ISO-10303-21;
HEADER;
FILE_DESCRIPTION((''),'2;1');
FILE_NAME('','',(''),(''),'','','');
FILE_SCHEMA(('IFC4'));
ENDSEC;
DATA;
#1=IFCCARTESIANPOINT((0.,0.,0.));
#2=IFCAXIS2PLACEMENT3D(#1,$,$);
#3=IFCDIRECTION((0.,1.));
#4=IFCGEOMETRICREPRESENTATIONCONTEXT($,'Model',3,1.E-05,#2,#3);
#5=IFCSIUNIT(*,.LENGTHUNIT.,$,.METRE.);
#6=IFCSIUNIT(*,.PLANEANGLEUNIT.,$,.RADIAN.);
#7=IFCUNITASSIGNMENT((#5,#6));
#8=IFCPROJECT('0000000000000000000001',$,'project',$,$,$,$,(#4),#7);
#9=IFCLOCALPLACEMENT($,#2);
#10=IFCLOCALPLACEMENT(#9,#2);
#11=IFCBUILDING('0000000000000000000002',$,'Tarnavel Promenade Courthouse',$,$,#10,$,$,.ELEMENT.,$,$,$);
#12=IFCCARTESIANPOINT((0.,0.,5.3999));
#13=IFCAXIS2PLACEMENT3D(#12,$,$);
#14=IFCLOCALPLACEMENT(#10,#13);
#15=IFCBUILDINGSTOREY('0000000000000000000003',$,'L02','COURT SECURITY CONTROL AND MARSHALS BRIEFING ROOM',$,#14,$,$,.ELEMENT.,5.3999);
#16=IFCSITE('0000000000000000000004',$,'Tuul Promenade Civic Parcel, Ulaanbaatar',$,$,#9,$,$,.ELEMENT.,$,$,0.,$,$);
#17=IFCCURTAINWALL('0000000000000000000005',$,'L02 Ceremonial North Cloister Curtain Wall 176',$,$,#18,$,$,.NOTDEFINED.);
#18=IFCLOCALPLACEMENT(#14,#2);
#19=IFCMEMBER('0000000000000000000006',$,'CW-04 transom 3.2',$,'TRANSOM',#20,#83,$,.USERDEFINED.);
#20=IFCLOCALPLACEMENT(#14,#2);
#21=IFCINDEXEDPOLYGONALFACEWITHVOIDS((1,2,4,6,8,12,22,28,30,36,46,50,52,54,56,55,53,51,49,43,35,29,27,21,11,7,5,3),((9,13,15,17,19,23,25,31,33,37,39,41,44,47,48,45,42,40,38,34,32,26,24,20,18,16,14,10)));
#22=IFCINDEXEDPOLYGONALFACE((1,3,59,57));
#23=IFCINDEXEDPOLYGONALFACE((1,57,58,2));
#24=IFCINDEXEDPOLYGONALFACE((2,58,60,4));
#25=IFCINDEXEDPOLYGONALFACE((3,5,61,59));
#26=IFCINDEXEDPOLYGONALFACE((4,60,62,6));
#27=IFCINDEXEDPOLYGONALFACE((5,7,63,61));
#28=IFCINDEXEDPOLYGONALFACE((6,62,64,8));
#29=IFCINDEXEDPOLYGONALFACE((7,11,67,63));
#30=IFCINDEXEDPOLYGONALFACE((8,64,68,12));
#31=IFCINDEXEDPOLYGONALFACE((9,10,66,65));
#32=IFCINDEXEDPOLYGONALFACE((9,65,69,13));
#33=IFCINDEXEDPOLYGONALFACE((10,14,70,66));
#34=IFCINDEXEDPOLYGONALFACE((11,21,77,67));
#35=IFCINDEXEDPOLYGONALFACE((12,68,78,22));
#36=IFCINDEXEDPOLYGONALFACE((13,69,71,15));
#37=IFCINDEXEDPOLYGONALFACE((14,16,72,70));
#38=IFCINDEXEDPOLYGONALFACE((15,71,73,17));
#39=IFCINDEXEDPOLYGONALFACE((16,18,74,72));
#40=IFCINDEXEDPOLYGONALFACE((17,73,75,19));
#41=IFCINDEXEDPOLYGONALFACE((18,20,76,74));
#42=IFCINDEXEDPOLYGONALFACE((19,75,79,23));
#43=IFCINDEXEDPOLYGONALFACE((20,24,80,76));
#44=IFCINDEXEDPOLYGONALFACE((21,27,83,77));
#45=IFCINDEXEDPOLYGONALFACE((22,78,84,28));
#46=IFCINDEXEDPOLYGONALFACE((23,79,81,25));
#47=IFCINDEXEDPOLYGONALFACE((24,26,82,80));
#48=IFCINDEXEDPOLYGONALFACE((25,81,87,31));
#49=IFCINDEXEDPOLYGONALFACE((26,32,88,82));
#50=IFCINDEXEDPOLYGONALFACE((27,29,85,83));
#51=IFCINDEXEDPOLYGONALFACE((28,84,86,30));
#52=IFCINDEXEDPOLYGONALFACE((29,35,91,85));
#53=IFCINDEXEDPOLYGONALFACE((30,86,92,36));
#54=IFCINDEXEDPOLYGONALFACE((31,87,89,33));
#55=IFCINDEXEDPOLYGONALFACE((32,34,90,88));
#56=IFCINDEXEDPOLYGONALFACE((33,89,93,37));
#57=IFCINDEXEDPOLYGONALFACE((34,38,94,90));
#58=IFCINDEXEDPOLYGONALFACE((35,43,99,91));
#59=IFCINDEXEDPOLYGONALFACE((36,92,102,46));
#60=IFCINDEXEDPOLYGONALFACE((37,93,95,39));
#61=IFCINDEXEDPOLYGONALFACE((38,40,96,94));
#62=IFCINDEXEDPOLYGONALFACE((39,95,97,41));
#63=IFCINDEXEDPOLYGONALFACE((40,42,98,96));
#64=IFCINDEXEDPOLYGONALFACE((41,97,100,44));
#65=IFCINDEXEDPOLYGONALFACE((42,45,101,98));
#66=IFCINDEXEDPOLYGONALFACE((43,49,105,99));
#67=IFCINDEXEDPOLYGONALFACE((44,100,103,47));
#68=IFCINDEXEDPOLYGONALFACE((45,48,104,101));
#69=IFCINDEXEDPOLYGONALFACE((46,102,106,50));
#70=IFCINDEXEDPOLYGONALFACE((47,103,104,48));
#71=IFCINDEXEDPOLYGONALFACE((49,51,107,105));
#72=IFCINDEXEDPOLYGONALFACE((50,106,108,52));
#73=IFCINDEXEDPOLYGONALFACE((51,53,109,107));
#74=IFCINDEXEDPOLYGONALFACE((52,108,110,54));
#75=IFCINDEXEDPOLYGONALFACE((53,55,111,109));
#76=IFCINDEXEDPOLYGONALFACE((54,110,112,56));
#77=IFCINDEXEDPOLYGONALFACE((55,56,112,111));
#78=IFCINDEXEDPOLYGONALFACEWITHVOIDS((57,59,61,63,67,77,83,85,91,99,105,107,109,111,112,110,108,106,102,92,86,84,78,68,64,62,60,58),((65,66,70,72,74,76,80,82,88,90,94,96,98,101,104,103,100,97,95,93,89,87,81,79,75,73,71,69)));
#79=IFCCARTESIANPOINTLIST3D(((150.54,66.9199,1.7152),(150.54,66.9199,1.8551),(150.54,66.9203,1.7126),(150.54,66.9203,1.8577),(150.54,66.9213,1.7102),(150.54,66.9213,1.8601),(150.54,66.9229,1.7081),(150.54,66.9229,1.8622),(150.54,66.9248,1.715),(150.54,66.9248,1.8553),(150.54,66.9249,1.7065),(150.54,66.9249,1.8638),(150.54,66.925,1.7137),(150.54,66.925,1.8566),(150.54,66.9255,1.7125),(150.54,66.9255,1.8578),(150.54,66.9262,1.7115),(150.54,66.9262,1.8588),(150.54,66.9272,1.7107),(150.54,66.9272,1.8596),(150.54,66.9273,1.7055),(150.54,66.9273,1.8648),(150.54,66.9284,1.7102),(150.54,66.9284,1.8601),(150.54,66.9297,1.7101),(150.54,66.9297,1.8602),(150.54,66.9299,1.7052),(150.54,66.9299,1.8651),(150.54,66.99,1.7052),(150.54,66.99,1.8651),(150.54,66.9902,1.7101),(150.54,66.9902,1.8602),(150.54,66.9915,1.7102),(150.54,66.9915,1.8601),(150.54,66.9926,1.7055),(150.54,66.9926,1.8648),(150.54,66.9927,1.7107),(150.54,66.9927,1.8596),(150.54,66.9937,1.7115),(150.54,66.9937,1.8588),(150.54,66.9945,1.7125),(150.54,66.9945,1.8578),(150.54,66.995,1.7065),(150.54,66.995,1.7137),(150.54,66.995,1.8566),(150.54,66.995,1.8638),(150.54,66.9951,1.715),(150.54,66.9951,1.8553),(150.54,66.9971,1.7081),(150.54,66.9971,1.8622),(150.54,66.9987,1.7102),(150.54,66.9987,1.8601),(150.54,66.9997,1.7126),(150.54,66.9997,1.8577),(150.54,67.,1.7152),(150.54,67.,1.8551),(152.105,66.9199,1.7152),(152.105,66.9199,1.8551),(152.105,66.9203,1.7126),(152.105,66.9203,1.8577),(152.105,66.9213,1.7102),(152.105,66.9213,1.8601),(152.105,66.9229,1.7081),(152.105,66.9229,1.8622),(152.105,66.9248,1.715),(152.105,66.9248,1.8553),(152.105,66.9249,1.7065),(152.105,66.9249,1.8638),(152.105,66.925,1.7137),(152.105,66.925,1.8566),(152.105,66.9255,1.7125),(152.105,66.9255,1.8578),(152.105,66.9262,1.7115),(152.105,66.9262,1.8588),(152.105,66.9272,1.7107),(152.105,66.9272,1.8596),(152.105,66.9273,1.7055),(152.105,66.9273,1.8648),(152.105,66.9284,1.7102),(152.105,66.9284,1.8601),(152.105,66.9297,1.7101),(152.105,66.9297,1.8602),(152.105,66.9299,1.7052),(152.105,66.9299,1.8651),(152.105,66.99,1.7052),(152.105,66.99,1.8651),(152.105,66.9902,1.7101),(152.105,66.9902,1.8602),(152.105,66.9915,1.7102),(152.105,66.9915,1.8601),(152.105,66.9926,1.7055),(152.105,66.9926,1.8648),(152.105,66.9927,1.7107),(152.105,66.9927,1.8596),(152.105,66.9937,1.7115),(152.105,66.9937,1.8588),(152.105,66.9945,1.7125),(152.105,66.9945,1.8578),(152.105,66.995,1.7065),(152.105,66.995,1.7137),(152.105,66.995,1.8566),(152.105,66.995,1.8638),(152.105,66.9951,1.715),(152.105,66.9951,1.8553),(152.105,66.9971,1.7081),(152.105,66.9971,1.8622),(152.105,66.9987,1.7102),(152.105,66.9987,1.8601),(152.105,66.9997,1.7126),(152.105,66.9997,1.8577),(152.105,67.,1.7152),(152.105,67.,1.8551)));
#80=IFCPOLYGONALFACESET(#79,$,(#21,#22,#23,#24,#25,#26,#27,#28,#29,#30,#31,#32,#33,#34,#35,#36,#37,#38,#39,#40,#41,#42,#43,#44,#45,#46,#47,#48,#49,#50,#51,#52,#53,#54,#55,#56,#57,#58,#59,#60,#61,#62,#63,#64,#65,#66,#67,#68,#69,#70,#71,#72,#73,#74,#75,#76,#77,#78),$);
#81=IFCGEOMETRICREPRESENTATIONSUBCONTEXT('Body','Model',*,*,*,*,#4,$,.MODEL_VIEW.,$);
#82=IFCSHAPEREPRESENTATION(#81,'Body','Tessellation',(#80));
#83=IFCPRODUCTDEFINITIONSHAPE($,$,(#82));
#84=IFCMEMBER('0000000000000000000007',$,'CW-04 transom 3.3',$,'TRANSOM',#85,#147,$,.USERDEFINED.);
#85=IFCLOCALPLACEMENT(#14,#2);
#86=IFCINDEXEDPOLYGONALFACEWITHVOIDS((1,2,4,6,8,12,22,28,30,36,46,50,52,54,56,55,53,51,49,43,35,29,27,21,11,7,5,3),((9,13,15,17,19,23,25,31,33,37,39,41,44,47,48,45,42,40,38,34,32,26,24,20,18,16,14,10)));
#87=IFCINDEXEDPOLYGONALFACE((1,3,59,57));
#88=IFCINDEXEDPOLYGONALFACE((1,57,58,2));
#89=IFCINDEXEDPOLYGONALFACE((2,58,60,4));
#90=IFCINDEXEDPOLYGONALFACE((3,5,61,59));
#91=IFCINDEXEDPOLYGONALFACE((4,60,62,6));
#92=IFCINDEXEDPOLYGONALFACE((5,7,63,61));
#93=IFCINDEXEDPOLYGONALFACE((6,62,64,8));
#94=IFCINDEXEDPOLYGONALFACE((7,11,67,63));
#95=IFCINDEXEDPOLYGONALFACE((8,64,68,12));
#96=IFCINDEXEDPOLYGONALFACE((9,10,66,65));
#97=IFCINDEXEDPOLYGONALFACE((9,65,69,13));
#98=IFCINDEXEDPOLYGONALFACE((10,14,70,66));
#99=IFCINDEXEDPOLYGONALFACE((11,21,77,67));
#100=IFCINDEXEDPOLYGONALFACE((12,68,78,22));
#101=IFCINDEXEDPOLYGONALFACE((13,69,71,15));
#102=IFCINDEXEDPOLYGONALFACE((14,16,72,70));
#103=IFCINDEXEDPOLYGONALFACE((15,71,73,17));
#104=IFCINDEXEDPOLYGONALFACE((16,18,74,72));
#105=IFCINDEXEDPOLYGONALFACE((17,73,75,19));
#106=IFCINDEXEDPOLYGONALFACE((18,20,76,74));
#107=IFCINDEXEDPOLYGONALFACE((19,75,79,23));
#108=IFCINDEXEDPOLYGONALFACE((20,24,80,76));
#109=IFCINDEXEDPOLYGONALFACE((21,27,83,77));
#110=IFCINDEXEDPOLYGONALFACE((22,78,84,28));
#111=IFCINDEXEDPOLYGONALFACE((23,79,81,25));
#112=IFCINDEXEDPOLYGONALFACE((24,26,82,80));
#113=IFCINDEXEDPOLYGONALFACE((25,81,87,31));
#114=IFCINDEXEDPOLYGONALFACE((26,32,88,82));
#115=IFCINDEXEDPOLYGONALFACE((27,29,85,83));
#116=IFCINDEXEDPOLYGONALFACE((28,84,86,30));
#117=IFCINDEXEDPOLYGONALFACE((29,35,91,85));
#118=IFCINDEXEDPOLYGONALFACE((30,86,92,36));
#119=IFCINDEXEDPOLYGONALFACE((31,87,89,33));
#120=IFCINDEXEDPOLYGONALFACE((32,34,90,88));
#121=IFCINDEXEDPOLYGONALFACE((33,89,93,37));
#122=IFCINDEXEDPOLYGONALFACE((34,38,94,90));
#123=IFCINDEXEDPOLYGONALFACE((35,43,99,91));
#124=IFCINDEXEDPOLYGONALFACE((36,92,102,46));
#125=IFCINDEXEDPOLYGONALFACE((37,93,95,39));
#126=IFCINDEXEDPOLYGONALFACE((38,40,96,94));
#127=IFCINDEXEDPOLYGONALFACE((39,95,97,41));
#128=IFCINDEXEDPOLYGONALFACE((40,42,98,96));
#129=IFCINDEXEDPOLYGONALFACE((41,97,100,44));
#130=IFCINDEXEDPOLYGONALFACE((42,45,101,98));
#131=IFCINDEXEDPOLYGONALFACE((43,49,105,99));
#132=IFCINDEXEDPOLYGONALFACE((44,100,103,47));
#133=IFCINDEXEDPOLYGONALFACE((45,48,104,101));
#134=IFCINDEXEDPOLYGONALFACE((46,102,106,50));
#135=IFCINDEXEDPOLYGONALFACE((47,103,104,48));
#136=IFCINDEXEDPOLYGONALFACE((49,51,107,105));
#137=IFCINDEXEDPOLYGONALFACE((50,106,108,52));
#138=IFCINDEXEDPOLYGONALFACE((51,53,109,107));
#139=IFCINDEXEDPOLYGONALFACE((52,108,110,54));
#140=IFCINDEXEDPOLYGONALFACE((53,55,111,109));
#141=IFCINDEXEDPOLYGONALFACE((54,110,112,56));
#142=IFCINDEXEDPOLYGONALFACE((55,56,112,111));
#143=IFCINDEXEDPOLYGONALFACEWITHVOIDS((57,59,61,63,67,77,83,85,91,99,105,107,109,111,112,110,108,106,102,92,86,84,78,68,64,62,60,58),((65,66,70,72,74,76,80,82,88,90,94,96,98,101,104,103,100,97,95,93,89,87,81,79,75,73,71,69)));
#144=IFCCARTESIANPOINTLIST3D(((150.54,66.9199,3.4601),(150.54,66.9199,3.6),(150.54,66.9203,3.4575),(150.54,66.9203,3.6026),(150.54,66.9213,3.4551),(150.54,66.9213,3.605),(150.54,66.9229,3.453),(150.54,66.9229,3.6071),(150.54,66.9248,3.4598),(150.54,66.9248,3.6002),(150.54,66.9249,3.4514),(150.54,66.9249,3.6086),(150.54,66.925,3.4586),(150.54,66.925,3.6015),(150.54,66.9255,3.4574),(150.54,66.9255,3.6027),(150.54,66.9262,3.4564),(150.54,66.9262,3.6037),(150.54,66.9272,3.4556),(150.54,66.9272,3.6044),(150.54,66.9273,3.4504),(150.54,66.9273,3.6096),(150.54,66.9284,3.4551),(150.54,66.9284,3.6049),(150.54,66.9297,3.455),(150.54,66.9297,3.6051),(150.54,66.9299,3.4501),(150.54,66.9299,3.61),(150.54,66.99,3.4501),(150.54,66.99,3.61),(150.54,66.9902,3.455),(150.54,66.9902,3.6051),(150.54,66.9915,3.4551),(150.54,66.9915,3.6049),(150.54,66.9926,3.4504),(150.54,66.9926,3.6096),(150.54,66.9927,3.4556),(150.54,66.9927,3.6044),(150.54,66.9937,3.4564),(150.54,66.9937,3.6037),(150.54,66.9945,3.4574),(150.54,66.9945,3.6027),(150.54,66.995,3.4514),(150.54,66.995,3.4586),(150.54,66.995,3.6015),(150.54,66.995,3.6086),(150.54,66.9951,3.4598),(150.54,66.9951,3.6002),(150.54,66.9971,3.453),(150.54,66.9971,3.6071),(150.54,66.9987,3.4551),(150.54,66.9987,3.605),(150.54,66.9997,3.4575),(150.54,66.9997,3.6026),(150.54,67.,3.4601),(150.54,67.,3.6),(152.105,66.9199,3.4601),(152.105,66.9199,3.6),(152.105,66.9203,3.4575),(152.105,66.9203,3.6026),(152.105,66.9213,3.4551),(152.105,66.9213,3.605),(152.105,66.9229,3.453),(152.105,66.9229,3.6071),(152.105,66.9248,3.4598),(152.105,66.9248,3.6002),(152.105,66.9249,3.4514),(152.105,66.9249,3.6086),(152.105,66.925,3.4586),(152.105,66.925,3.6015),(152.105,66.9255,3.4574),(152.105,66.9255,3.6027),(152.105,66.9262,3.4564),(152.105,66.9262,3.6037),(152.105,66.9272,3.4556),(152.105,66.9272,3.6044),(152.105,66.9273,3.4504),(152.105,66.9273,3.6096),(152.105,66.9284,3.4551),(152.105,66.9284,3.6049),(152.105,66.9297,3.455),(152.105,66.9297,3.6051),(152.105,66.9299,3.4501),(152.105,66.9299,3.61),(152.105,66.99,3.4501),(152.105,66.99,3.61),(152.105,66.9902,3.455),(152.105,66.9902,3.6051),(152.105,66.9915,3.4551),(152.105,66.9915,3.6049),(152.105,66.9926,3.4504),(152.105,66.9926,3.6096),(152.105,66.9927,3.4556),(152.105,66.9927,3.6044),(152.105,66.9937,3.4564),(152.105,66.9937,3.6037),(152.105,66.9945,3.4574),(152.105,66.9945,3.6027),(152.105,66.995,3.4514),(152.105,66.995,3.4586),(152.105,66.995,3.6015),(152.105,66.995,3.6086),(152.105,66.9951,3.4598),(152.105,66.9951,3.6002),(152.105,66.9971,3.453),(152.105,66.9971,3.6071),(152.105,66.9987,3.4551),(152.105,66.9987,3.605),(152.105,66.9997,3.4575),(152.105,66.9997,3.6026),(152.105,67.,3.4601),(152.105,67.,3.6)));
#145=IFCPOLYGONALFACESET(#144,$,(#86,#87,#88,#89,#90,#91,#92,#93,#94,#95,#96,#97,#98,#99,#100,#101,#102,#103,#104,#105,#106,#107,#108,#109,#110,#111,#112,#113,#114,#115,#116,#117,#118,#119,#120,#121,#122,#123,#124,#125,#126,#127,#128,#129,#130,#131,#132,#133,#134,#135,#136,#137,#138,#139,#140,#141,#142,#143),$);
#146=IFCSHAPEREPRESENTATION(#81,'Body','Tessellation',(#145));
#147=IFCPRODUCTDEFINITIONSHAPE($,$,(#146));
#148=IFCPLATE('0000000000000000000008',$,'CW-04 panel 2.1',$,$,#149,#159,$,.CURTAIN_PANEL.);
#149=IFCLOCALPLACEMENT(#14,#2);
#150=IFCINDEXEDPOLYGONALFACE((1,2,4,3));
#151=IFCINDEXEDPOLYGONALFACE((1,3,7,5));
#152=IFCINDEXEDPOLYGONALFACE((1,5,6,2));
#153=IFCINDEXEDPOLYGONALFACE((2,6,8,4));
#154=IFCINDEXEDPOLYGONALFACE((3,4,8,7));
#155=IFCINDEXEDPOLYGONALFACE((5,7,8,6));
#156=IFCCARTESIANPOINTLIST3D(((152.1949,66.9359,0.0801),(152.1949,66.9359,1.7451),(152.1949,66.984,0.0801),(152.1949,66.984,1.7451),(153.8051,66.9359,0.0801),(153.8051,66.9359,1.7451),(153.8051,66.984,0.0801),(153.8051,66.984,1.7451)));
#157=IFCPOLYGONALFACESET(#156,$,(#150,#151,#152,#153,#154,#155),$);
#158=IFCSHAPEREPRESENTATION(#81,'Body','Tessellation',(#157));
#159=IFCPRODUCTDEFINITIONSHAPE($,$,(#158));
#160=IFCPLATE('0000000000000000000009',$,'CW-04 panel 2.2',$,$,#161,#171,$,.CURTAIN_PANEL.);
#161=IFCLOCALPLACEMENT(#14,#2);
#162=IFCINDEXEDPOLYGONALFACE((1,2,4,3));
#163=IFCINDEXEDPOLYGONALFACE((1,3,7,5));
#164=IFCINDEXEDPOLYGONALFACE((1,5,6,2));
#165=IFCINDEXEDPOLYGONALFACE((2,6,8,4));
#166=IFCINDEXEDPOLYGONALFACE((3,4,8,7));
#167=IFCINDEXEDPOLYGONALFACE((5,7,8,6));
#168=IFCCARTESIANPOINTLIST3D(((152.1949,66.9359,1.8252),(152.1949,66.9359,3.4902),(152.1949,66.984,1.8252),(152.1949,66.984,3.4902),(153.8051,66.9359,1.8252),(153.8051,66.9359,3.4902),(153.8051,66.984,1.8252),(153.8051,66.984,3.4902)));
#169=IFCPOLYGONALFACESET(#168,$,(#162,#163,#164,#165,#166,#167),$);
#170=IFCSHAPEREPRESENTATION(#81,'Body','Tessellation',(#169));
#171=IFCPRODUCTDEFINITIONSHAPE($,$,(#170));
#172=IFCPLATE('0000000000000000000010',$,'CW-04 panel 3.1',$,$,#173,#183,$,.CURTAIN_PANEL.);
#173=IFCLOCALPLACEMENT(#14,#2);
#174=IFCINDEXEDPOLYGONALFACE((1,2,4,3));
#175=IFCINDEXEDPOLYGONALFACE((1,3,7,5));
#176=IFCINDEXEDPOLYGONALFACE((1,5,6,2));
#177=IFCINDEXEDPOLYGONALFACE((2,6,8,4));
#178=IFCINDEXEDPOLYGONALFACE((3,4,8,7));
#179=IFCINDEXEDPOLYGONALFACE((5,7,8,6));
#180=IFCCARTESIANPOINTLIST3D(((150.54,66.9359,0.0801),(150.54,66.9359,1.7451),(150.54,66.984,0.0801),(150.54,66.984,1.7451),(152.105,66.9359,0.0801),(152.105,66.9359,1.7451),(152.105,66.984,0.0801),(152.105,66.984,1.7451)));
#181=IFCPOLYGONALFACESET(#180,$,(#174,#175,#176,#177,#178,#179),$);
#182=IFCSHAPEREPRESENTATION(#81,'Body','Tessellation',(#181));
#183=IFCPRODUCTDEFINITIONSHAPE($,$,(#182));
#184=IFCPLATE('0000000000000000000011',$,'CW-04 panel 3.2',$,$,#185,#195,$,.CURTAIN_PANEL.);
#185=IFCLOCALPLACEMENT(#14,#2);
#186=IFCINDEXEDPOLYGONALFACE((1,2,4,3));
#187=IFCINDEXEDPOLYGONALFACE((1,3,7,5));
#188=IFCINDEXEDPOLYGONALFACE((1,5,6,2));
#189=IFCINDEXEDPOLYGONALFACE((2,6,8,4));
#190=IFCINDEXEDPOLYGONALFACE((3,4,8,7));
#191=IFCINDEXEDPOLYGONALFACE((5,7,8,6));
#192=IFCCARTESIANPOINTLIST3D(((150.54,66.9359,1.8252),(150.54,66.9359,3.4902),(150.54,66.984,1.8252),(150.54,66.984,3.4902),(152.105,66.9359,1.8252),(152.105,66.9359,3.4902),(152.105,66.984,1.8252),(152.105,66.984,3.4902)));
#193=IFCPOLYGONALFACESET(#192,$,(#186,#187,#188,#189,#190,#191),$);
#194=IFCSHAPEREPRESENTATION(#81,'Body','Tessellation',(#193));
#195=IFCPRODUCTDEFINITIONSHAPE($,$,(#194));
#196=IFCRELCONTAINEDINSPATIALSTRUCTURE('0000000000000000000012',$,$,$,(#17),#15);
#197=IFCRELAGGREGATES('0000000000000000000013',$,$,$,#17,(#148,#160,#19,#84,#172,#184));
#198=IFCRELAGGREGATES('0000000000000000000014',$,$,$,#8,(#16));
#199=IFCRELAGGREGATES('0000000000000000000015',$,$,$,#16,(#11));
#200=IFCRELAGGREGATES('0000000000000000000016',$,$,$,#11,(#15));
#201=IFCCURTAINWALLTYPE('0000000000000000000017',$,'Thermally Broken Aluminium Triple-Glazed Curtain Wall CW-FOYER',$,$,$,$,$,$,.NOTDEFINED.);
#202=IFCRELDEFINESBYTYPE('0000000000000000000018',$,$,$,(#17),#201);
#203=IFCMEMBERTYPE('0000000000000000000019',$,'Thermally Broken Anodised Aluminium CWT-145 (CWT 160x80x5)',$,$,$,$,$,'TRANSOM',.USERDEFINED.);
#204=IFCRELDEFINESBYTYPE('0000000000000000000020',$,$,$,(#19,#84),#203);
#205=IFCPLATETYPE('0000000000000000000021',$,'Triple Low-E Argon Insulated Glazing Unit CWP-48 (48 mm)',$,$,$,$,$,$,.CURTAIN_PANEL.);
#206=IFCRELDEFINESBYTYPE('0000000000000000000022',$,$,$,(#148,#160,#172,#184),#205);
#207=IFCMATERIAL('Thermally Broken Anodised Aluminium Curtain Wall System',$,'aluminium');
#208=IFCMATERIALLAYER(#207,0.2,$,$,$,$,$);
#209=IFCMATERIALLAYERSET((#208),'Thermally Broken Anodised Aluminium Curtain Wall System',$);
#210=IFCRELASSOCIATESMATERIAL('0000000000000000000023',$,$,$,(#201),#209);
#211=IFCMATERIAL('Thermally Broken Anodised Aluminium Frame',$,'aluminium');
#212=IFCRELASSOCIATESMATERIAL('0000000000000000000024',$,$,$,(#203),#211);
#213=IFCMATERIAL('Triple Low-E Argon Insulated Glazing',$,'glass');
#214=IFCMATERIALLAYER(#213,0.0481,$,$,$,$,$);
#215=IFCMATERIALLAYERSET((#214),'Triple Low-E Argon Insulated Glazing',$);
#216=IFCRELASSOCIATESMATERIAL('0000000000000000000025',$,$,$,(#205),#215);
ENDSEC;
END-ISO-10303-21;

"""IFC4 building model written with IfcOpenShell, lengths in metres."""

from ifc_helpers import new_model, si_unit, direction, frame, origin, origin_2d, place, context, subcontext, project, spatial, rectangle, hollow_rectangle, extrude, material, layer, layer_set, material_profile, profile_set, type_object, element, aggregate, save


model = new_model("IFC4")

# Units and contexts
model_context = context("Model", 3, precision=1e-05, world=origin(), true_north=direction((0.0, 1.0)))
body_context = subcontext(model_context, "Body", "Model", "MODEL_VIEW")
ifc_project = project(units=[si_unit("LENGTHUNIT", "METRE"), si_unit("PLANEANGLEUNIT", "RADIAN")], contexts=[model_context])

# Site, building, storey
site_placement = place(None, origin())
site = spatial("IfcSite", under=ifc_project, at=site_placement, Name="Tuul Promenade Civic Parcel, Ulaanbaatar", CompositionType="ELEMENT", RefElevation=0.0)
building_placement = place(site_placement, origin())
building = spatial("IfcBuilding", under=site, at=building_placement, Name="Tarnavel Promenade Courthouse", CompositionType="ELEMENT")
storey_placement = place(building_placement, frame((0.0, 0.0, 5.3999)))
storey = spatial("IfcBuildingStorey", under=building, at=storey_placement, Name="L02", Description="COURT SECURITY CONTROL AND MARSHALS BRIEFING ROOM", CompositionType="ELEMENT", Elevation=5.3999)

# Shared definitions
ifc_material_1 = material(Name="Thermally Broken Anodised Aluminium Curtain Wall System", Category="aluminium")
ifc_layer_1 = layer(ifc_material_1, 0.2)
ifc_layer_set_1 = layer_set([ifc_layer_1], Name="Thermally Broken Anodised Aluminium Curtain Wall System")
curtain_wall_type = type_object("IfcCurtainWallType", Name="Thermally Broken Aluminium Triple-Glazed Curtain Wall CW-FOYER", PredefinedType="NOTDEFINED", material=ifc_layer_set_1)
ifc_material_2 = material(Name="Thermally Broken Anodised Aluminium Frame", Category="aluminium")

# Curtain wall, members, plates
curtain_wall_1_placement = place(storey_placement, origin())
curtain_wall_1 = element("IfcCurtainWall", 1, at=curtain_wall_1_placement, inside=storey, type_object=curtain_wall_type, Name="L02 Ceremonial North Cloister Curtain Wall 176", PredefinedType="NOTDEFINED")
ifc_material_profile_1 = material_profile(ifc_material_2, hollow_rectangle(XDim=0.0801, YDim=0.1599, WallThickness=0.0049, InnerFilletRadius=0.0049, OuterFilletRadius=0.01, at=origin_2d()), Name="CWT 160x80x5")
ifc_profile_set_1 = profile_set([ifc_material_profile_1], Name="Thermally Broken Anodised Aluminium Frame")
member_type_1 = type_object("IfcMemberType", Name="Thermally Broken Anodised Aluminium CWT-145 (CWT 160x80x5)", ElementType="TRANSOM", PredefinedType="USERDEFINED", material=ifc_profile_set_1)
member_1_placement = place(storey_placement, frame((152.105, 66.96, 1.7852), z_axis=(-1.0, 0.0, 0.0), x_axis=(0.0, -1.0, 0.0)))
member_1 = element("IfcMember", 2, at=member_1_placement, type_object=member_type_1, Name="CW-04 transom 3.2", ObjectType="TRANSOM", PredefinedType="USERDEFINED", context=body_context, shape_type="SweptSolid", body=[
    extrude(hollow_rectangle(XDim=0.0801, YDim=0.1599, WallThickness=0.0049, InnerFilletRadius=0.0049, OuterFilletRadius=0.01, at=origin_2d()), origin(), (0.0, 0.0, 1.0), 1.5649),
])
member_2_placement = place(storey_placement, frame((152.105, 66.96, 3.53), z_axis=(-1.0, 0.0, 0.0), x_axis=(0.0, -1.0, 0.0)))
member_2 = element("IfcMember", 3, at=member_2_placement, type_object=member_type_1, Name="CW-04 transom 3.3", ObjectType="TRANSOM", PredefinedType="USERDEFINED", context=body_context, shape_type="SweptSolid", body=[
    extrude(hollow_rectangle(XDim=0.0801, YDim=0.1599, WallThickness=0.0049, InnerFilletRadius=0.0049, OuterFilletRadius=0.01, at=origin_2d()), origin(), (0.0, 0.0, 1.0), 1.5649),
])
ifc_material_3 = material(Name="Triple Low-E Argon Insulated Glazing", Category="glass")
ifc_layer_2 = layer(ifc_material_3, 0.0481)
ifc_layer_set_2 = layer_set([ifc_layer_2], Name="Triple Low-E Argon Insulated Glazing")
plate_type = type_object("IfcPlateType", Name="Triple Low-E Argon Insulated Glazing Unit CWP-48 (48 mm)", PredefinedType="CURTAIN_PANEL", material=ifc_layer_set_2)
plate_1_placement = place(storey_placement, frame((153.0, 66.96, 0.0801), z_axis=(0.0, 0.0, 1.0), x_axis=(-1.0, 0.0, 0.0)))
plate_1 = element("IfcPlate", 4, at=plate_1_placement, type_object=plate_type, Name="CW-04 panel 2.1", PredefinedType="CURTAIN_PANEL", context=body_context, shape_type="SweptSolid", body=[
    extrude(rectangle(XDim=1.6101, YDim=0.0481, at=origin_2d()), origin(), (0.0, 0.0, 1.0), 1.665),
])
plate_2_placement = place(storey_placement, frame((153.0, 66.96, 1.8252), z_axis=(0.0, 0.0, 1.0), x_axis=(-1.0, 0.0, 0.0)))
plate_2 = element("IfcPlate", 5, at=plate_2_placement, type_object=plate_type, Name="CW-04 panel 2.2", PredefinedType="CURTAIN_PANEL", context=body_context, shape_type="SweptSolid", body=[
    extrude(rectangle(XDim=1.6101, YDim=0.0481, at=origin_2d()), origin(), (0.0, 0.0, 1.0), 1.665),
])
plate_3_placement = place(storey_placement, frame((151.3225, 66.96, 0.0801), z_axis=(0.0, 0.0, 1.0), x_axis=(-1.0, 0.0, 0.0)))
plate_3 = element("IfcPlate", 6, at=plate_3_placement, type_object=plate_type, Name="CW-04 panel 3.1", PredefinedType="CURTAIN_PANEL", context=body_context, shape_type="SweptSolid", body=[
    extrude(rectangle(XDim=1.5649, YDim=0.0481, at=origin_2d()), origin(), (0.0, 0.0, 1.0), 1.665),
])
plate_4_placement = place(storey_placement, frame((151.3225, 66.96, 1.8252), z_axis=(0.0, 0.0, 1.0), x_axis=(-1.0, 0.0, 0.0)))
plate_4 = element("IfcPlate", 7, at=plate_4_placement, type_object=plate_type, Name="CW-04 panel 3.2", PredefinedType="CURTAIN_PANEL", context=body_context, shape_type="SweptSolid", body=[
    extrude(rectangle(XDim=1.5649, YDim=0.0481, at=origin_2d()), origin(), (0.0, 0.0, 1.0), 1.665),
])
aggregate(curtain_wall_1, [plate_1, plate_2, member_1, member_2, plate_3, plate_4])

save(model, "model.ifc")
